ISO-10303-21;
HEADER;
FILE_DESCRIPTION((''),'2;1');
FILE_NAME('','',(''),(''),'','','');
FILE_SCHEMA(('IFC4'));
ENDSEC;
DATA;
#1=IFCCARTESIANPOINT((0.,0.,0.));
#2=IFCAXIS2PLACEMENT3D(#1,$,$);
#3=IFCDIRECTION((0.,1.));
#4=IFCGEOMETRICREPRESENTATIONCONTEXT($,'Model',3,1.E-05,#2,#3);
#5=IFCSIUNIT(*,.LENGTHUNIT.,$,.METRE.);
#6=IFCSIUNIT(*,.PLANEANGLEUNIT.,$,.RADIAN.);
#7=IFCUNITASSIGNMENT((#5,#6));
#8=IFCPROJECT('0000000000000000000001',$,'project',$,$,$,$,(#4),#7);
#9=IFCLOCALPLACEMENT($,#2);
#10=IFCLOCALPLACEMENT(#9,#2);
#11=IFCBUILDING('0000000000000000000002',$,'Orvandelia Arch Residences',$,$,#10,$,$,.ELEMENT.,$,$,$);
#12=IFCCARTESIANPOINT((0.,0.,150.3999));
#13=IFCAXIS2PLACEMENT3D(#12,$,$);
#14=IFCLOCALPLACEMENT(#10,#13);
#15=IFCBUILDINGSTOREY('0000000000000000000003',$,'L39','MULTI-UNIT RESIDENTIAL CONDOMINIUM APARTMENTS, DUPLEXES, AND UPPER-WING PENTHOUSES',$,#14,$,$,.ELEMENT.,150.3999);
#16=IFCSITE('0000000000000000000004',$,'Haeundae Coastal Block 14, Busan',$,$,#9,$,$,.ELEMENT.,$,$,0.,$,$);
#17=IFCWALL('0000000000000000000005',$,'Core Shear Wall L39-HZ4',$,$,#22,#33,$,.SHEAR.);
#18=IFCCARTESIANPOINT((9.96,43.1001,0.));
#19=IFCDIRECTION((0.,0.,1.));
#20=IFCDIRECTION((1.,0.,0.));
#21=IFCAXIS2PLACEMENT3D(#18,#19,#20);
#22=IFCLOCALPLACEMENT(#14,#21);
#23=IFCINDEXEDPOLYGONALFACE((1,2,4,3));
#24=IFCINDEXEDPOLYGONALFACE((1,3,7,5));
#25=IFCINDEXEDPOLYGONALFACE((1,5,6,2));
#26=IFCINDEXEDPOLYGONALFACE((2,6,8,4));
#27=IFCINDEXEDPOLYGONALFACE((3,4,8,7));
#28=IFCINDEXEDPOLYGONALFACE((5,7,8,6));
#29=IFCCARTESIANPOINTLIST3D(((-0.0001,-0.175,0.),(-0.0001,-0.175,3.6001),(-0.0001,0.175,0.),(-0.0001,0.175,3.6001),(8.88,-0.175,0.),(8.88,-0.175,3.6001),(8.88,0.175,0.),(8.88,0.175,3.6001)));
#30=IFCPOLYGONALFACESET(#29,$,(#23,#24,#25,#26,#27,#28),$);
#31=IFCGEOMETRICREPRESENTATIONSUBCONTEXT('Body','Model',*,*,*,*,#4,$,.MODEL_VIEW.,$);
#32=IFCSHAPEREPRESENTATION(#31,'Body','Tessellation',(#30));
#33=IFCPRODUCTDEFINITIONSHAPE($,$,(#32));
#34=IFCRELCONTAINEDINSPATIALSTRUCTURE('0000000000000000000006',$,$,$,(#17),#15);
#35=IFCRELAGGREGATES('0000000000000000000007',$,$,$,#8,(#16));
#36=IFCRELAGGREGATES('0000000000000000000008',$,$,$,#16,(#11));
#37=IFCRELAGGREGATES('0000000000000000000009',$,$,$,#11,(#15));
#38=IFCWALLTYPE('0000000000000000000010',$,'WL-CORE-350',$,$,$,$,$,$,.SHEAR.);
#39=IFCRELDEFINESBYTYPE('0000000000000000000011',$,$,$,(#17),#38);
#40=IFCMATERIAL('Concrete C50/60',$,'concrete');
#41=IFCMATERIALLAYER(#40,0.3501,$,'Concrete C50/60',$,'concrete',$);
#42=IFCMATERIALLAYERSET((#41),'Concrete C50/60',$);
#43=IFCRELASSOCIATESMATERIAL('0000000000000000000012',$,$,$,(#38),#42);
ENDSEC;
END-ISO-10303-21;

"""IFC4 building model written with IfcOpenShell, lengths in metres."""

from ifc_helpers import new_model, si_unit, direction, frame, frame_2d, origin, place, context, subcontext, project, spatial, rectangle, extrude, material, layer, layer_set, type_object, element, save


model = new_model("IFC4")

# Units and contexts
model_context = context("Model", 3, precision=1e-05, world=origin(), true_north=direction((0.0, 1.0)))
body_context = subcontext(model_context, "Body", "Model", "MODEL_VIEW")
ifc_project = project(units=[si_unit("LENGTHUNIT", "METRE"), si_unit("PLANEANGLEUNIT", "RADIAN")], contexts=[model_context])

# Site, building, storey
site_placement = place(None, origin())
site = spatial("IfcSite", under=ifc_project, at=site_placement, Name="Haeundae Coastal Block 14, Busan", CompositionType="ELEMENT", RefElevation=0.0)
building_placement = place(site_placement, origin())
building = spatial("IfcBuilding", under=site, at=building_placement, Name="Orvandelia Arch Residences", CompositionType="ELEMENT")
storey_placement = place(building_placement, frame((0.0, 0.0, 150.3999)))
storey = spatial("IfcBuildingStorey", under=building, at=storey_placement, Name="L39", Description="MULTI-UNIT RESIDENTIAL CONDOMINIUM APARTMENTS, DUPLEXES, AND UPPER-WING PENTHOUSES", CompositionType="ELEMENT", Elevation=150.3999)

# Wall
ifc_material_1 = material(Name="Concrete C50/60", Category="concrete")
ifc_layer_1 = layer(ifc_material_1, 0.3501, Name="Concrete C50/60", Category="concrete")
ifc_layer_set_1 = layer_set([ifc_layer_1], Name="Concrete C50/60")
wall_type_1 = type_object("IfcWallType", Name="WL-CORE-350", PredefinedType="SHEAR", material=ifc_layer_set_1)
wall_1_placement = place(storey_placement, frame((9.96, 43.1001, 0.0), z_axis=(0.0, 0.0, 1.0), x_axis=(1.0, 0.0, 0.0)))
element("IfcWall", 1, at=wall_1_placement, inside=storey, type_object=wall_type_1, Name="Core Shear Wall L39-HZ4", PredefinedType="SHEAR", context=body_context, shape_type="SweptSolid", body=[
    extrude(rectangle(XDim=8.8801, YDim=0.3501, at=frame_2d((4.4399, 0.0))), origin(), (0.0, 0.0, 1.0), 3.6001),
])

save(model, "model.ifc")
